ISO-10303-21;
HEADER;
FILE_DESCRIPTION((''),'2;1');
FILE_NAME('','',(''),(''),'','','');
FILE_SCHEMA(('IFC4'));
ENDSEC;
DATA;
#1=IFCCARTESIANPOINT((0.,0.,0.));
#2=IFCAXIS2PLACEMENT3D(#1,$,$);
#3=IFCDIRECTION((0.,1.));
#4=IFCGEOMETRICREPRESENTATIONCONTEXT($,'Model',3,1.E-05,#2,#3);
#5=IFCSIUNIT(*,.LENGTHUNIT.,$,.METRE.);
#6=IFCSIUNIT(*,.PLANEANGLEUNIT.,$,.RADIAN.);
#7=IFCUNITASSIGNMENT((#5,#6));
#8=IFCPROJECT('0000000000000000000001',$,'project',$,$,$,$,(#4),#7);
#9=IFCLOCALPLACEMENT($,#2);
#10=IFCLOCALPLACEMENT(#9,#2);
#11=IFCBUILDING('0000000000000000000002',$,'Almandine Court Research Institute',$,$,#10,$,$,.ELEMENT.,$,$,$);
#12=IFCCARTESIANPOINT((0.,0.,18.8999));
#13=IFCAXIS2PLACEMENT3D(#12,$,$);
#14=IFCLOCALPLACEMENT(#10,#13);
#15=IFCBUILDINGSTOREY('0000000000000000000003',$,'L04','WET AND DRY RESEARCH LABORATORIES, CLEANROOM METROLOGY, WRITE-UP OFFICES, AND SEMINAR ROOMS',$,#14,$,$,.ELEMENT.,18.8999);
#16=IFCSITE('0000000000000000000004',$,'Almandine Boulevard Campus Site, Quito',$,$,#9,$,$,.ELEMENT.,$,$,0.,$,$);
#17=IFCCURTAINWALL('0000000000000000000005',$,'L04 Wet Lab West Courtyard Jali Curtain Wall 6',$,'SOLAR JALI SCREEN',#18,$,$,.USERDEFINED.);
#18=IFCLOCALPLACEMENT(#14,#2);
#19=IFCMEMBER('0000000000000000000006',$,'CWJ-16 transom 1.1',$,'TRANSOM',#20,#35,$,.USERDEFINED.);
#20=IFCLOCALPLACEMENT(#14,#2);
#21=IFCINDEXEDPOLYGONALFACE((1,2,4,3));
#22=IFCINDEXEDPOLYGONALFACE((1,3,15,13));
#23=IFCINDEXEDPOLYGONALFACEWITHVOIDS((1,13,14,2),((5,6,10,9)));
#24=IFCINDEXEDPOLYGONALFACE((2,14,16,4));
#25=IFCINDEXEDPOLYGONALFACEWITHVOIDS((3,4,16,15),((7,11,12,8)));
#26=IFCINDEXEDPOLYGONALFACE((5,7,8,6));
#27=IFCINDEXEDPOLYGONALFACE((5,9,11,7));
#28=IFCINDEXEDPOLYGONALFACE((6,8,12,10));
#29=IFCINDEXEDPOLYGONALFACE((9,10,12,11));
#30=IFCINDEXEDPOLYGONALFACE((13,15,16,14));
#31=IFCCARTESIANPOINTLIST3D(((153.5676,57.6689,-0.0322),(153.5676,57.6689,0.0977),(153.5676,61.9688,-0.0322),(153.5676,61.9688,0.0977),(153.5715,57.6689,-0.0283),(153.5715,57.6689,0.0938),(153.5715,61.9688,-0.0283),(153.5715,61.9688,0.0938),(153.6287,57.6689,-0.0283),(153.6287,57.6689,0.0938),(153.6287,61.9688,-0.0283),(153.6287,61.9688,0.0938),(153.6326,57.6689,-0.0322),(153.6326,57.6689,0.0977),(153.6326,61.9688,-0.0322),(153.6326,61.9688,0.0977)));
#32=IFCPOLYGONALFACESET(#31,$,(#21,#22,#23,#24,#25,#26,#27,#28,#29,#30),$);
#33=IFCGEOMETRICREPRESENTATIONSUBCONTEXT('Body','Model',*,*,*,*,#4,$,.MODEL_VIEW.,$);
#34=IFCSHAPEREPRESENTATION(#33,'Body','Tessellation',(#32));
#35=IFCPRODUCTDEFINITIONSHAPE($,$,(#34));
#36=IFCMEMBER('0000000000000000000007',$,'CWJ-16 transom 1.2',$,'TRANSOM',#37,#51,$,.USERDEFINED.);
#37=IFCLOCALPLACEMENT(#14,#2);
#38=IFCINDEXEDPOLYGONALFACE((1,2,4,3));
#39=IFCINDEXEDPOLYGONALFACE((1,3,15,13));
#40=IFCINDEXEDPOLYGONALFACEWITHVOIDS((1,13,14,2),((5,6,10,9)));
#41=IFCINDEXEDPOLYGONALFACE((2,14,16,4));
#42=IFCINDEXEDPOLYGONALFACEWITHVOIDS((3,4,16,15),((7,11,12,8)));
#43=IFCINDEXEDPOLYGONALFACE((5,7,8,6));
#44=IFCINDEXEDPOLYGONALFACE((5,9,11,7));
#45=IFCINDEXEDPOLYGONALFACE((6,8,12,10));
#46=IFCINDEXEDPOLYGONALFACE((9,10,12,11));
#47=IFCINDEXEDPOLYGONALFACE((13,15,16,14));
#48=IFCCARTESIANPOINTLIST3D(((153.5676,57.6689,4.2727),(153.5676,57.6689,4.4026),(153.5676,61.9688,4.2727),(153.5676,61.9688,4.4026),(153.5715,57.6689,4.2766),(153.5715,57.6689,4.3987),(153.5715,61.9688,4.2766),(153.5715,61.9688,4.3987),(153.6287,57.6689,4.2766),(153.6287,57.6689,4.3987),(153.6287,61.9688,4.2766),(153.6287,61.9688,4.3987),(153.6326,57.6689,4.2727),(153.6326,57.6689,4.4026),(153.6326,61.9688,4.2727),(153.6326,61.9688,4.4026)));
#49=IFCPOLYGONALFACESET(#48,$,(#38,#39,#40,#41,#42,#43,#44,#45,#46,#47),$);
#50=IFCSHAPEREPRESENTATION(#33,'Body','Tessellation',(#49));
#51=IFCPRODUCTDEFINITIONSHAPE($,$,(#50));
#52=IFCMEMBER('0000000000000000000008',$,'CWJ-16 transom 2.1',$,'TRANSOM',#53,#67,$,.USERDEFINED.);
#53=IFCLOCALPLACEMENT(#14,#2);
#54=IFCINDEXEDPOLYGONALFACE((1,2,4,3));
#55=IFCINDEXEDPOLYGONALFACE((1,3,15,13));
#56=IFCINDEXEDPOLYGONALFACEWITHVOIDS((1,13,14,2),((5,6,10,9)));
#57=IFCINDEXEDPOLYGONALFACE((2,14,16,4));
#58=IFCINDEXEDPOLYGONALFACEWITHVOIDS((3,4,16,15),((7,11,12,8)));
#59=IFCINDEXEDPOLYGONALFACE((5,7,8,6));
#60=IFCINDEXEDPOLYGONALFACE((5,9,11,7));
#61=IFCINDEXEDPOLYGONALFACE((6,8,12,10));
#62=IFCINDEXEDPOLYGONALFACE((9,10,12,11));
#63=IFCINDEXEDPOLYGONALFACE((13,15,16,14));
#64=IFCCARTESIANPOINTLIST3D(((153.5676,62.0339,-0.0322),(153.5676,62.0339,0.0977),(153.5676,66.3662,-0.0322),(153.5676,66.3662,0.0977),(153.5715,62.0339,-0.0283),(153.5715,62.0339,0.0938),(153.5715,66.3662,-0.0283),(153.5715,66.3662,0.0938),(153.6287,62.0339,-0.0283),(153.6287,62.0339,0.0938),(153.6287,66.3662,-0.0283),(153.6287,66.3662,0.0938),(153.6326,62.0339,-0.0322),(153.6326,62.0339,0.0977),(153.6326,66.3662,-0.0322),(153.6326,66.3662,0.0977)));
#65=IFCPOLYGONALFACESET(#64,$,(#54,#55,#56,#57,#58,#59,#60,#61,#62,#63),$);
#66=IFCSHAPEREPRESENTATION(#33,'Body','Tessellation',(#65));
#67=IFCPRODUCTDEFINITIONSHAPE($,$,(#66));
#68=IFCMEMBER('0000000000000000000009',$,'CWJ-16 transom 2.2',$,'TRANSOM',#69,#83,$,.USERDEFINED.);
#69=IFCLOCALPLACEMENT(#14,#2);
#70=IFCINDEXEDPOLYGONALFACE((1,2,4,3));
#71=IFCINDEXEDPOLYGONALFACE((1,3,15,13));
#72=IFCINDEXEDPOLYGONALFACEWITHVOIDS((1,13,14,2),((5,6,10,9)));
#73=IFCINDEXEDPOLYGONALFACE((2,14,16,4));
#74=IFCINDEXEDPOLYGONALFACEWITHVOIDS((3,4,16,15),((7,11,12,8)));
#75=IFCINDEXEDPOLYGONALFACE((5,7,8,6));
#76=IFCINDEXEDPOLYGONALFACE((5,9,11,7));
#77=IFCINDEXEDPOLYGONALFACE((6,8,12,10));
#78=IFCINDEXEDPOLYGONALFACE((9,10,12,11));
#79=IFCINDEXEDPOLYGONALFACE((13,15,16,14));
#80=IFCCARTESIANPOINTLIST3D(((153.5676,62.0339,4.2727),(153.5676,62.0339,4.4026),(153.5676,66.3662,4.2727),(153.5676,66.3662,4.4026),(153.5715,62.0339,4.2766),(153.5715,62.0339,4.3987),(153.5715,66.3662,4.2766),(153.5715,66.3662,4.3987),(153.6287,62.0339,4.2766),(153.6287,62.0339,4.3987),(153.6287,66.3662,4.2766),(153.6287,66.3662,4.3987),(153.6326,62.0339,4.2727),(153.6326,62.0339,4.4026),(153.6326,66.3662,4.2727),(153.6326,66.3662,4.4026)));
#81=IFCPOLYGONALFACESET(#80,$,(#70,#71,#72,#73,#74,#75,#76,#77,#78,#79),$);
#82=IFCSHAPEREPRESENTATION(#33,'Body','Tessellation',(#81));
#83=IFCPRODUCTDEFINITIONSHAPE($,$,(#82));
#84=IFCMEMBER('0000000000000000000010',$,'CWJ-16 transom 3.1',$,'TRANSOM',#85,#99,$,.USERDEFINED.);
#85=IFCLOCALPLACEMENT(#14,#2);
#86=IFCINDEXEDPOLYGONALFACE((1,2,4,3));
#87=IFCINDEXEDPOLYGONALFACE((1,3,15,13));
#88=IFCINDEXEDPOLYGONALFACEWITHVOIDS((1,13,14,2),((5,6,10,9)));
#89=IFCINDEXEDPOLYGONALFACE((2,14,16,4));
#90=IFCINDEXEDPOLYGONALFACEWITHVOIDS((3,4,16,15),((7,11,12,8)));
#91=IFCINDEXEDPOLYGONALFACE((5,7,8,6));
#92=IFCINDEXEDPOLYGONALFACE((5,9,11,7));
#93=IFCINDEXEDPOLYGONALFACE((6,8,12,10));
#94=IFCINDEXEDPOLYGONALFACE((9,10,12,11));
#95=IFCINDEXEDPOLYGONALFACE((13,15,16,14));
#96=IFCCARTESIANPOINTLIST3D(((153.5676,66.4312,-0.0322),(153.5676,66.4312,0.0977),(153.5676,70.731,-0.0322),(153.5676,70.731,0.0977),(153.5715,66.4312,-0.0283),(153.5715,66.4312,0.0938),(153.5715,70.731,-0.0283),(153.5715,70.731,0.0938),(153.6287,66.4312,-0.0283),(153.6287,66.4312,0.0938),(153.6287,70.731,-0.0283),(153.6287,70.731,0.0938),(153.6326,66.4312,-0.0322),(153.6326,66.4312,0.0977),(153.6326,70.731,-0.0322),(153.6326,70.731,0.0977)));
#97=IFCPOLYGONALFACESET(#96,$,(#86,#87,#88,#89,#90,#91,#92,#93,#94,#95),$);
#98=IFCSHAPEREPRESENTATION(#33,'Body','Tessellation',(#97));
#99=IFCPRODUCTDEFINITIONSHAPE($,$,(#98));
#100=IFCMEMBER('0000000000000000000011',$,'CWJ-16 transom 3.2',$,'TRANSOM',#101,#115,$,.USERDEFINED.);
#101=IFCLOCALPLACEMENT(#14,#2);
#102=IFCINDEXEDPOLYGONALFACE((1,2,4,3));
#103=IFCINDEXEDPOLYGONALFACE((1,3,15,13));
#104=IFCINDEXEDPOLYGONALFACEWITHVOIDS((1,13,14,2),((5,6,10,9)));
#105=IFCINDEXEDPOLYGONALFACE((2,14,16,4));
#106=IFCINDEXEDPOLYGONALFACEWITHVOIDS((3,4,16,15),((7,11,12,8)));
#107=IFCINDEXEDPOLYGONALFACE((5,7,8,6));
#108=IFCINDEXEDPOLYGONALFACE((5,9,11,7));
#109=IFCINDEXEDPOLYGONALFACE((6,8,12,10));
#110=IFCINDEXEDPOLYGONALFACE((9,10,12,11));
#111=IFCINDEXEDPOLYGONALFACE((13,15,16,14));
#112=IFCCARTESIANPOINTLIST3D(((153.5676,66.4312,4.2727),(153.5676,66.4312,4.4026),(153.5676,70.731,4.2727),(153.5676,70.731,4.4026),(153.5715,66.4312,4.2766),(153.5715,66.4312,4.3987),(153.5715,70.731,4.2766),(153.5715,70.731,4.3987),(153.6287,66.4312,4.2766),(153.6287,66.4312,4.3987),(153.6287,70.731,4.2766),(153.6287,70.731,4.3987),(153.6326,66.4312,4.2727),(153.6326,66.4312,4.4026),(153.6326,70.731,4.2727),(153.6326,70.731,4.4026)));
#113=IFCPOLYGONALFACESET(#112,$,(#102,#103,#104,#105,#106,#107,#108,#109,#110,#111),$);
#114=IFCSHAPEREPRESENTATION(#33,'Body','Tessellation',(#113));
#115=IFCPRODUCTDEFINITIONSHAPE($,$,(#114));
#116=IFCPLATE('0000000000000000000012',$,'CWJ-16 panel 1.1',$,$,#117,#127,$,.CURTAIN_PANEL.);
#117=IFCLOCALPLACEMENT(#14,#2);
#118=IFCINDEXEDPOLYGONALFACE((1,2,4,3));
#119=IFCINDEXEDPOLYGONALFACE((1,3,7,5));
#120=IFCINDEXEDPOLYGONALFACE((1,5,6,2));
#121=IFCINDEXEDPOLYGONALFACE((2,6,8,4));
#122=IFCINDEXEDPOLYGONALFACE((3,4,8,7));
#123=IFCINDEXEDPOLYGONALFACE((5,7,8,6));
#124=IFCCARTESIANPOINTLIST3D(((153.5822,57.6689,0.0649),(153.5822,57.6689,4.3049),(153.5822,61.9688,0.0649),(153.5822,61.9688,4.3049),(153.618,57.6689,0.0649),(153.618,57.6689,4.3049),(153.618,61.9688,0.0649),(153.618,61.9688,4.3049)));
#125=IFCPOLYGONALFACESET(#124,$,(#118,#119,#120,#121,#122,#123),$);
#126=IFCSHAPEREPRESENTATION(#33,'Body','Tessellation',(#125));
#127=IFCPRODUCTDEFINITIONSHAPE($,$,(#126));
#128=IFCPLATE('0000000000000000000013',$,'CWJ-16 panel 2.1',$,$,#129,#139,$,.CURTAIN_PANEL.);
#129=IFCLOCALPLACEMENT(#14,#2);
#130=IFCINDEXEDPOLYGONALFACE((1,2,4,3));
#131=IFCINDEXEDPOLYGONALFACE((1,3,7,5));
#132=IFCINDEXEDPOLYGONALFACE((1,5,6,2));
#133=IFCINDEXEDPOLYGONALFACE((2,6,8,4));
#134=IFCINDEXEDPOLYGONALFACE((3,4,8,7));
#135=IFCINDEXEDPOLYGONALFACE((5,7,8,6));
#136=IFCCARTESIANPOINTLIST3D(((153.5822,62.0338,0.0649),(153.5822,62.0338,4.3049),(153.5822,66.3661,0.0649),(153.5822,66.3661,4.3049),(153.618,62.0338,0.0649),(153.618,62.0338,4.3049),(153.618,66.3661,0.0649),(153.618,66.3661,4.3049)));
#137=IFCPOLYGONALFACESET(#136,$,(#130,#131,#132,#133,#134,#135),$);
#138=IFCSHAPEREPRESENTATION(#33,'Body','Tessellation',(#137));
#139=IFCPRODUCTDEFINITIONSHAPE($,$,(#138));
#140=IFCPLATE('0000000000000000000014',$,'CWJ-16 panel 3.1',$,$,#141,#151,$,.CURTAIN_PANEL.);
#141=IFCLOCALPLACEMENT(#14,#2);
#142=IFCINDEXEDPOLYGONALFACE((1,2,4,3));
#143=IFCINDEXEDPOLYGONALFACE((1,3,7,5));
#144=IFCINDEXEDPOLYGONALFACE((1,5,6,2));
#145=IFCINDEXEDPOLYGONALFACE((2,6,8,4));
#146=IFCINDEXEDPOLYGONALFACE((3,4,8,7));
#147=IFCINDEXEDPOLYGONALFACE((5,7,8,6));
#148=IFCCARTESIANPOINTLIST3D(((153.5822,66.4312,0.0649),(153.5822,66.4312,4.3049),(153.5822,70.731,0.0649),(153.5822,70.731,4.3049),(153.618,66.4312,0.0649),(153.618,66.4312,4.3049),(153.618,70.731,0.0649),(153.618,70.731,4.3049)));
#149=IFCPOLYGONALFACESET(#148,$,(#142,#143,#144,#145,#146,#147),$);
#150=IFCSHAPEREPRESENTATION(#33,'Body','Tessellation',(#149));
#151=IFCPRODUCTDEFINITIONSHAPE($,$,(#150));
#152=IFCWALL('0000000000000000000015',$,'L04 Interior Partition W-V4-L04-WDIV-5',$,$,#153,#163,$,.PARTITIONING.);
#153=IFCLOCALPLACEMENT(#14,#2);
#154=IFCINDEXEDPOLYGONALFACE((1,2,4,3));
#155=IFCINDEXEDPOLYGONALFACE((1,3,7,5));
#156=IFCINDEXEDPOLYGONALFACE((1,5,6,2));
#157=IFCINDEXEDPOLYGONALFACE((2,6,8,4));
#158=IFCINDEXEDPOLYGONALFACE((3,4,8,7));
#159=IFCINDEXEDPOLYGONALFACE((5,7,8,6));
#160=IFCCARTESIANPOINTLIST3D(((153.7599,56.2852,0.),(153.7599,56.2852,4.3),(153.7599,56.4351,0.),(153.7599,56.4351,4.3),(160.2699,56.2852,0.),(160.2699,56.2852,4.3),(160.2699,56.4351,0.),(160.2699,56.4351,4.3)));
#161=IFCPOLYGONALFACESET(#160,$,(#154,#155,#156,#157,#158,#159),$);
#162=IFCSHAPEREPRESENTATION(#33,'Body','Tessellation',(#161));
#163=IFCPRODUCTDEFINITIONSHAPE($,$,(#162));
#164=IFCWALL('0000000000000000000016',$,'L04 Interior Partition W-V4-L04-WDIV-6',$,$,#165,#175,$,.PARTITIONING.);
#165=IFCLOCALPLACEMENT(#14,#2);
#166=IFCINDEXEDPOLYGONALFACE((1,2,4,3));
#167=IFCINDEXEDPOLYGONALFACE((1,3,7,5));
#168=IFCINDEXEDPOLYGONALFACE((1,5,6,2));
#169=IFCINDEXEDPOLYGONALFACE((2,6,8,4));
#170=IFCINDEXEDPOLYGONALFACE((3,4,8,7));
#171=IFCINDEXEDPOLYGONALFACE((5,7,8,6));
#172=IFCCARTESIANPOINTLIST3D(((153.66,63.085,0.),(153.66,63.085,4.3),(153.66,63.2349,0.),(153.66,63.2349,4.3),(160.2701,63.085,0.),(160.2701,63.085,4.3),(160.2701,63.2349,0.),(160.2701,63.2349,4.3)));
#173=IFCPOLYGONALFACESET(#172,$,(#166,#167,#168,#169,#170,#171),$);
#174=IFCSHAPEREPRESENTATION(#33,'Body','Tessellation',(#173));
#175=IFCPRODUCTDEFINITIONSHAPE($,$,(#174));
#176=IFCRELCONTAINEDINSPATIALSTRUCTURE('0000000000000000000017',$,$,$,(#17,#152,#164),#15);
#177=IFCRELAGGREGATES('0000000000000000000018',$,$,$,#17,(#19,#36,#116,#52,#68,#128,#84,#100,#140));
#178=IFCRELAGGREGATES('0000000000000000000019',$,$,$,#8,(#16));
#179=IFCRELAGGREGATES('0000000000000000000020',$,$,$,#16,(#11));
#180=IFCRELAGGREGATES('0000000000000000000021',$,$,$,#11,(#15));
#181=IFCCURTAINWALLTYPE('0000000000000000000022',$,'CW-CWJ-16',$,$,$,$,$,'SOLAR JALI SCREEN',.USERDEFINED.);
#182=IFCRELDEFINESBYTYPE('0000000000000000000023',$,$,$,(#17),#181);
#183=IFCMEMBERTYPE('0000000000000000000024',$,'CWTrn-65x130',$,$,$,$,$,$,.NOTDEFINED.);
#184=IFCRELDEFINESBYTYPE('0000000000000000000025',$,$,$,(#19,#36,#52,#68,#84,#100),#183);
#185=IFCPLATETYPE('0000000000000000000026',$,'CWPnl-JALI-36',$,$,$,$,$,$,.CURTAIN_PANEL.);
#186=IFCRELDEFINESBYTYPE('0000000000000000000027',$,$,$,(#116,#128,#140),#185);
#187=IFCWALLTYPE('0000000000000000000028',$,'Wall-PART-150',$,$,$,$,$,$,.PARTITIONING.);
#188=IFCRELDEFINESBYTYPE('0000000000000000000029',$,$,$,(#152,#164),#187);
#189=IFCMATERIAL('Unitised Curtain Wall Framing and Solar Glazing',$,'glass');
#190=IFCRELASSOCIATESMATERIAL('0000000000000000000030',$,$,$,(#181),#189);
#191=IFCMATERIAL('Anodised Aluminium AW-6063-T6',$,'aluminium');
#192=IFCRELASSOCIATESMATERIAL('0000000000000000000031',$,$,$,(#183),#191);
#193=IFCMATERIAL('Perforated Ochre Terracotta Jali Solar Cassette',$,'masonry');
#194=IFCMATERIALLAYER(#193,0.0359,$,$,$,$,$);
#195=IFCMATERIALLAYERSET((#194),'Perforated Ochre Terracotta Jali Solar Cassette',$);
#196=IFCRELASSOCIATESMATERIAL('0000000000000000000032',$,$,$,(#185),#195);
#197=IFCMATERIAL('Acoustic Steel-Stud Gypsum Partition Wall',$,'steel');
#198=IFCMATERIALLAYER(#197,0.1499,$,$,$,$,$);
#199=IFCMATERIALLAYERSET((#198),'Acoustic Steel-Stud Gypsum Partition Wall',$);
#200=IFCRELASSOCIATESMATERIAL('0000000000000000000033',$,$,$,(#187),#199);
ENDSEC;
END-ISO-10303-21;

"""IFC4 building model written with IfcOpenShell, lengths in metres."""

from ifc_helpers import new_model, si_unit, direction, frame, frame_2d, origin, origin_2d, place, context, subcontext, project, spatial, rectangle, hollow_rectangle, extrude, material, layer, layer_set, material_profile, profile_set, type_object, element, aggregate, save


model = new_model("IFC4")

# Units and contexts
model_context = context("Model", 3, precision=1e-05, world=origin(), true_north=direction((0.0, 1.0)))
body_context = subcontext(model_context, "Body", "Model", "MODEL_VIEW")
ifc_project = project(units=[si_unit("LENGTHUNIT", "METRE"), si_unit("PLANEANGLEUNIT", "RADIAN")], contexts=[model_context])

# Site, building, storey
site_placement = place(None, origin())
site = spatial("IfcSite", under=ifc_project, at=site_placement, Name="Almandine Boulevard Campus Site, Quito", CompositionType="ELEMENT", RefElevation=0.0)
building_placement = place(site_placement, origin())
building = spatial("IfcBuilding", under=site, at=building_placement, Name="Almandine Court Research Institute", CompositionType="ELEMENT")
storey_placement = place(building_placement, frame((0.0, 0.0, 18.8999)))
storey = spatial("IfcBuildingStorey", under=building, at=storey_placement, Name="L04", Description="WET AND DRY RESEARCH LABORATORIES, CLEANROOM METROLOGY, WRITE-UP OFFICES, AND SEMINAR ROOMS", CompositionType="ELEMENT", Elevation=18.8999)

# Curtain wall, members, plates
ifc_material_1 = material(Name="Unitised Curtain Wall Framing and Solar Glazing", Category="glass")
curtain_wall_type = type_object("IfcCurtainWallType", Name="CW-CWJ-16", ElementType="SOLAR JALI SCREEN", PredefinedType="USERDEFINED", material=ifc_material_1)
curtain_wall_placement = place(storey_placement, origin())
curtain_wall = element("IfcCurtainWall", 1, at=curtain_wall_placement, inside=storey, type_object=curtain_wall_type, Name="L04 Wet Lab West Courtyard Jali Curtain Wall 6", ObjectType="SOLAR JALI SCREEN", PredefinedType="USERDEFINED")
ifc_material_2 = material(Name="Anodised Aluminium AW-6063-T6", Category="aluminium")
ifc_material_profile_1 = material_profile(ifc_material_2, hollow_rectangle(XDim=0.0649, YDim=0.1299, WallThickness=0.0039, at=origin_2d()), Name="ALU RHS 65x130x4")
ifc_profile_set_1 = profile_set([ifc_material_profile_1], Name="Anodised Aluminium AW-6063-T6")
member_type_1 = type_object("IfcMemberType", Name="CWTrn-65x130", PredefinedType="NOTDEFINED", material=ifc_profile_set_1)
member_1_placement = place(storey_placement, frame((153.6001, 57.6689, 0.0327), z_axis=(0.0, 1.0, 0.0), x_axis=(-1.0, 0.0, 0.0)))
member_1 = element("IfcMember", 2, at=member_1_placement, type_object=member_type_1, Name="CWJ-16 transom 1.1", ObjectType="TRANSOM", PredefinedType="USERDEFINED", context=body_context, shape_type="SweptSolid", body=[
    extrude(hollow_rectangle(XDim=0.0649, YDim=0.1299, WallThickness=0.0039, at=origin_2d()), origin(), (0.0, 0.0, 1.0), 4.2998),
])
member_2_placement = place(storey_placement, frame((153.6001, 57.6689, 4.3376), z_axis=(0.0, 1.0, 0.0), x_axis=(-1.0, 0.0, 0.0)))
member_2 = element("IfcMember", 3, at=member_2_placement, type_object=member_type_1, Name="CWJ-16 transom 1.2", ObjectType="TRANSOM", PredefinedType="USERDEFINED", context=body_context, shape_type="SweptSolid", body=[
    extrude(hollow_rectangle(XDim=0.0649, YDim=0.1299, WallThickness=0.0039, at=origin_2d()), origin(), (0.0, 0.0, 1.0), 4.2998),
])
member_3_placement = place(storey_placement, frame((153.6001, 62.0339, 0.0327), z_axis=(0.0, 1.0, 0.0), x_axis=(-1.0, 0.0, 0.0)))
member_3 = element("IfcMember", 4, at=member_3_placement, type_object=member_type_1, Name="CWJ-16 transom 2.1", ObjectType="TRANSOM", PredefinedType="USERDEFINED", context=body_context, shape_type="SweptSolid", body=[
    extrude(hollow_rectangle(XDim=0.0649, YDim=0.1299, WallThickness=0.0039, at=origin_2d()), origin(), (0.0, 0.0, 1.0), 4.3323),
])
member_4_placement = place(storey_placement, frame((153.6001, 62.0339, 4.3376), z_axis=(0.0, 1.0, 0.0), x_axis=(-1.0, 0.0, 0.0)))
member_4 = element("IfcMember", 5, at=member_4_placement, type_object=member_type_1, Name="CWJ-16 transom 2.2", ObjectType="TRANSOM", PredefinedType="USERDEFINED", context=body_context, shape_type="SweptSolid", body=[
    extrude(hollow_rectangle(XDim=0.0649, YDim=0.1299, WallThickness=0.0039, at=origin_2d()), origin(), (0.0, 0.0, 1.0), 4.3323),
])
member_5_placement = place(storey_placement, frame((153.6001, 66.4312, 0.0327), z_axis=(0.0, 1.0, 0.0), x_axis=(-1.0, 0.0, 0.0)))
member_5 = element("IfcMember", 6, at=member_5_placement, type_object=member_type_1, Name="CWJ-16 transom 3.1", ObjectType="TRANSOM", PredefinedType="USERDEFINED", context=body_context, shape_type="SweptSolid", body=[
    extrude(hollow_rectangle(XDim=0.0649, YDim=0.1299, WallThickness=0.0039, at=origin_2d()), origin(), (0.0, 0.0, 1.0), 4.2998),
])
member_6_placement = place(storey_placement, frame((153.6001, 66.4312, 4.3376), z_axis=(0.0, 1.0, 0.0), x_axis=(-1.0, 0.0, 0.0)))
member_6 = element("IfcMember", 7, at=member_6_placement, type_object=member_type_1, Name="CWJ-16 transom 3.2", ObjectType="TRANSOM", PredefinedType="USERDEFINED", context=body_context, shape_type="SweptSolid", body=[
    extrude(hollow_rectangle(XDim=0.0649, YDim=0.1299, WallThickness=0.0039, at=origin_2d()), origin(), (0.0, 0.0, 1.0), 4.2998),
])
ifc_material_3 = material(Name="Perforated Ochre Terracotta Jali Solar Cassette", Category="masonry")
ifc_layer_1 = layer(ifc_material_3, 0.0359)
ifc_layer_set_1 = layer_set([ifc_layer_1], Name="Perforated Ochre Terracotta Jali Solar Cassette")
plate_type = type_object("IfcPlateType", Name="CWPnl-JALI-36", PredefinedType="CURTAIN_PANEL", material=ifc_layer_set_1)
plate_1_placement = place(storey_placement, frame((153.6001, 59.8188, 0.0649), z_axis=(0.0, 0.0, 1.0), x_axis=(0.0, 1.0, 0.0)))
plate_1 = element("IfcPlate", 8, at=plate_1_placement, type_object=plate_type, Name="CWJ-16 panel 1.1", PredefinedType="CURTAIN_PANEL", context=body_context, shape_type="SweptSolid", body=[
    extrude(rectangle(XDim=4.2998, YDim=0.0359, at=origin_2d()), origin(), (0.0, 0.0, 1.0), 4.24),
])
plate_2_placement = place(storey_placement, frame((153.6001, 64.2, 0.0649), z_axis=(0.0, 0.0, 1.0), x_axis=(0.0, 1.0, 0.0)))
plate_2 = element("IfcPlate", 9, at=plate_2_placement, type_object=plate_type, Name="CWJ-16 panel 2.1", PredefinedType="CURTAIN_PANEL", context=body_context, shape_type="SweptSolid", body=[
    extrude(rectangle(XDim=4.3323, YDim=0.0359, at=origin_2d()), origin(), (0.0, 0.0, 1.0), 4.24),
])
plate_3_placement = place(storey_placement, frame((153.6001, 68.5811, 0.0649), z_axis=(0.0, 0.0, 1.0), x_axis=(0.0, 1.0, 0.0)))
plate_3 = element("IfcPlate", 10, at=plate_3_placement, type_object=plate_type, Name="CWJ-16 panel 3.1", PredefinedType="CURTAIN_PANEL", context=body_context, shape_type="SweptSolid", body=[
    extrude(rectangle(XDim=4.2998, YDim=0.0359, at=origin_2d()), origin(), (0.0, 0.0, 1.0), 4.24),
])
aggregate(curtain_wall, [member_1, member_2, plate_1, member_3, member_4, plate_2, member_5, member_6, plate_3])

# Walls
ifc_material_4 = material(Name="Acoustic Steel-Stud Gypsum Partition Wall", Category="steel")
ifc_layer_2 = layer(ifc_material_4, 0.1499)
ifc_layer_set_2 = layer_set([ifc_layer_2], Name="Acoustic Steel-Stud Gypsum Partition Wall")
wall_type = type_object("IfcWallType", Name="Wall-PART-150", PredefinedType="PARTITIONING", material=ifc_layer_set_2)
wall_1_placement = place(storey_placement, frame((153.76, 56.3601, 0.0), z_axis=(0.0, 0.0, 1.0), x_axis=(1.0, 0.0, 0.0)))
element("IfcWall", 11, at=wall_1_placement, inside=storey, type_object=wall_type, Name="L04 Interior Partition W-V4-L04-WDIV-5", PredefinedType="PARTITIONING", context=body_context, shape_type="SweptSolid", body=[
    extrude(rectangle(XDim=6.51, YDim=0.1499, at=frame_2d((3.2549, 0.0))), origin(), (0.0, 0.0, 1.0), 4.3),
])
wall_2_placement = place(storey_placement, frame((153.6599, 63.1599, 0.0), z_axis=(0.0, 0.0, 1.0), x_axis=(1.0, 0.0, 0.0)))
element("IfcWall", 12, at=wall_2_placement, inside=storey, type_object=wall_type, Name="L04 Interior Partition W-V4-L04-WDIV-6", PredefinedType="PARTITIONING", context=body_context, shape_type="SweptSolid", body=[
    extrude(rectangle(XDim=6.6101, YDim=0.1499, at=frame_2d((3.3052, 0.0))), origin(), (0.0, 0.0, 1.0), 4.3),
])

save(model, "model.ifc")
